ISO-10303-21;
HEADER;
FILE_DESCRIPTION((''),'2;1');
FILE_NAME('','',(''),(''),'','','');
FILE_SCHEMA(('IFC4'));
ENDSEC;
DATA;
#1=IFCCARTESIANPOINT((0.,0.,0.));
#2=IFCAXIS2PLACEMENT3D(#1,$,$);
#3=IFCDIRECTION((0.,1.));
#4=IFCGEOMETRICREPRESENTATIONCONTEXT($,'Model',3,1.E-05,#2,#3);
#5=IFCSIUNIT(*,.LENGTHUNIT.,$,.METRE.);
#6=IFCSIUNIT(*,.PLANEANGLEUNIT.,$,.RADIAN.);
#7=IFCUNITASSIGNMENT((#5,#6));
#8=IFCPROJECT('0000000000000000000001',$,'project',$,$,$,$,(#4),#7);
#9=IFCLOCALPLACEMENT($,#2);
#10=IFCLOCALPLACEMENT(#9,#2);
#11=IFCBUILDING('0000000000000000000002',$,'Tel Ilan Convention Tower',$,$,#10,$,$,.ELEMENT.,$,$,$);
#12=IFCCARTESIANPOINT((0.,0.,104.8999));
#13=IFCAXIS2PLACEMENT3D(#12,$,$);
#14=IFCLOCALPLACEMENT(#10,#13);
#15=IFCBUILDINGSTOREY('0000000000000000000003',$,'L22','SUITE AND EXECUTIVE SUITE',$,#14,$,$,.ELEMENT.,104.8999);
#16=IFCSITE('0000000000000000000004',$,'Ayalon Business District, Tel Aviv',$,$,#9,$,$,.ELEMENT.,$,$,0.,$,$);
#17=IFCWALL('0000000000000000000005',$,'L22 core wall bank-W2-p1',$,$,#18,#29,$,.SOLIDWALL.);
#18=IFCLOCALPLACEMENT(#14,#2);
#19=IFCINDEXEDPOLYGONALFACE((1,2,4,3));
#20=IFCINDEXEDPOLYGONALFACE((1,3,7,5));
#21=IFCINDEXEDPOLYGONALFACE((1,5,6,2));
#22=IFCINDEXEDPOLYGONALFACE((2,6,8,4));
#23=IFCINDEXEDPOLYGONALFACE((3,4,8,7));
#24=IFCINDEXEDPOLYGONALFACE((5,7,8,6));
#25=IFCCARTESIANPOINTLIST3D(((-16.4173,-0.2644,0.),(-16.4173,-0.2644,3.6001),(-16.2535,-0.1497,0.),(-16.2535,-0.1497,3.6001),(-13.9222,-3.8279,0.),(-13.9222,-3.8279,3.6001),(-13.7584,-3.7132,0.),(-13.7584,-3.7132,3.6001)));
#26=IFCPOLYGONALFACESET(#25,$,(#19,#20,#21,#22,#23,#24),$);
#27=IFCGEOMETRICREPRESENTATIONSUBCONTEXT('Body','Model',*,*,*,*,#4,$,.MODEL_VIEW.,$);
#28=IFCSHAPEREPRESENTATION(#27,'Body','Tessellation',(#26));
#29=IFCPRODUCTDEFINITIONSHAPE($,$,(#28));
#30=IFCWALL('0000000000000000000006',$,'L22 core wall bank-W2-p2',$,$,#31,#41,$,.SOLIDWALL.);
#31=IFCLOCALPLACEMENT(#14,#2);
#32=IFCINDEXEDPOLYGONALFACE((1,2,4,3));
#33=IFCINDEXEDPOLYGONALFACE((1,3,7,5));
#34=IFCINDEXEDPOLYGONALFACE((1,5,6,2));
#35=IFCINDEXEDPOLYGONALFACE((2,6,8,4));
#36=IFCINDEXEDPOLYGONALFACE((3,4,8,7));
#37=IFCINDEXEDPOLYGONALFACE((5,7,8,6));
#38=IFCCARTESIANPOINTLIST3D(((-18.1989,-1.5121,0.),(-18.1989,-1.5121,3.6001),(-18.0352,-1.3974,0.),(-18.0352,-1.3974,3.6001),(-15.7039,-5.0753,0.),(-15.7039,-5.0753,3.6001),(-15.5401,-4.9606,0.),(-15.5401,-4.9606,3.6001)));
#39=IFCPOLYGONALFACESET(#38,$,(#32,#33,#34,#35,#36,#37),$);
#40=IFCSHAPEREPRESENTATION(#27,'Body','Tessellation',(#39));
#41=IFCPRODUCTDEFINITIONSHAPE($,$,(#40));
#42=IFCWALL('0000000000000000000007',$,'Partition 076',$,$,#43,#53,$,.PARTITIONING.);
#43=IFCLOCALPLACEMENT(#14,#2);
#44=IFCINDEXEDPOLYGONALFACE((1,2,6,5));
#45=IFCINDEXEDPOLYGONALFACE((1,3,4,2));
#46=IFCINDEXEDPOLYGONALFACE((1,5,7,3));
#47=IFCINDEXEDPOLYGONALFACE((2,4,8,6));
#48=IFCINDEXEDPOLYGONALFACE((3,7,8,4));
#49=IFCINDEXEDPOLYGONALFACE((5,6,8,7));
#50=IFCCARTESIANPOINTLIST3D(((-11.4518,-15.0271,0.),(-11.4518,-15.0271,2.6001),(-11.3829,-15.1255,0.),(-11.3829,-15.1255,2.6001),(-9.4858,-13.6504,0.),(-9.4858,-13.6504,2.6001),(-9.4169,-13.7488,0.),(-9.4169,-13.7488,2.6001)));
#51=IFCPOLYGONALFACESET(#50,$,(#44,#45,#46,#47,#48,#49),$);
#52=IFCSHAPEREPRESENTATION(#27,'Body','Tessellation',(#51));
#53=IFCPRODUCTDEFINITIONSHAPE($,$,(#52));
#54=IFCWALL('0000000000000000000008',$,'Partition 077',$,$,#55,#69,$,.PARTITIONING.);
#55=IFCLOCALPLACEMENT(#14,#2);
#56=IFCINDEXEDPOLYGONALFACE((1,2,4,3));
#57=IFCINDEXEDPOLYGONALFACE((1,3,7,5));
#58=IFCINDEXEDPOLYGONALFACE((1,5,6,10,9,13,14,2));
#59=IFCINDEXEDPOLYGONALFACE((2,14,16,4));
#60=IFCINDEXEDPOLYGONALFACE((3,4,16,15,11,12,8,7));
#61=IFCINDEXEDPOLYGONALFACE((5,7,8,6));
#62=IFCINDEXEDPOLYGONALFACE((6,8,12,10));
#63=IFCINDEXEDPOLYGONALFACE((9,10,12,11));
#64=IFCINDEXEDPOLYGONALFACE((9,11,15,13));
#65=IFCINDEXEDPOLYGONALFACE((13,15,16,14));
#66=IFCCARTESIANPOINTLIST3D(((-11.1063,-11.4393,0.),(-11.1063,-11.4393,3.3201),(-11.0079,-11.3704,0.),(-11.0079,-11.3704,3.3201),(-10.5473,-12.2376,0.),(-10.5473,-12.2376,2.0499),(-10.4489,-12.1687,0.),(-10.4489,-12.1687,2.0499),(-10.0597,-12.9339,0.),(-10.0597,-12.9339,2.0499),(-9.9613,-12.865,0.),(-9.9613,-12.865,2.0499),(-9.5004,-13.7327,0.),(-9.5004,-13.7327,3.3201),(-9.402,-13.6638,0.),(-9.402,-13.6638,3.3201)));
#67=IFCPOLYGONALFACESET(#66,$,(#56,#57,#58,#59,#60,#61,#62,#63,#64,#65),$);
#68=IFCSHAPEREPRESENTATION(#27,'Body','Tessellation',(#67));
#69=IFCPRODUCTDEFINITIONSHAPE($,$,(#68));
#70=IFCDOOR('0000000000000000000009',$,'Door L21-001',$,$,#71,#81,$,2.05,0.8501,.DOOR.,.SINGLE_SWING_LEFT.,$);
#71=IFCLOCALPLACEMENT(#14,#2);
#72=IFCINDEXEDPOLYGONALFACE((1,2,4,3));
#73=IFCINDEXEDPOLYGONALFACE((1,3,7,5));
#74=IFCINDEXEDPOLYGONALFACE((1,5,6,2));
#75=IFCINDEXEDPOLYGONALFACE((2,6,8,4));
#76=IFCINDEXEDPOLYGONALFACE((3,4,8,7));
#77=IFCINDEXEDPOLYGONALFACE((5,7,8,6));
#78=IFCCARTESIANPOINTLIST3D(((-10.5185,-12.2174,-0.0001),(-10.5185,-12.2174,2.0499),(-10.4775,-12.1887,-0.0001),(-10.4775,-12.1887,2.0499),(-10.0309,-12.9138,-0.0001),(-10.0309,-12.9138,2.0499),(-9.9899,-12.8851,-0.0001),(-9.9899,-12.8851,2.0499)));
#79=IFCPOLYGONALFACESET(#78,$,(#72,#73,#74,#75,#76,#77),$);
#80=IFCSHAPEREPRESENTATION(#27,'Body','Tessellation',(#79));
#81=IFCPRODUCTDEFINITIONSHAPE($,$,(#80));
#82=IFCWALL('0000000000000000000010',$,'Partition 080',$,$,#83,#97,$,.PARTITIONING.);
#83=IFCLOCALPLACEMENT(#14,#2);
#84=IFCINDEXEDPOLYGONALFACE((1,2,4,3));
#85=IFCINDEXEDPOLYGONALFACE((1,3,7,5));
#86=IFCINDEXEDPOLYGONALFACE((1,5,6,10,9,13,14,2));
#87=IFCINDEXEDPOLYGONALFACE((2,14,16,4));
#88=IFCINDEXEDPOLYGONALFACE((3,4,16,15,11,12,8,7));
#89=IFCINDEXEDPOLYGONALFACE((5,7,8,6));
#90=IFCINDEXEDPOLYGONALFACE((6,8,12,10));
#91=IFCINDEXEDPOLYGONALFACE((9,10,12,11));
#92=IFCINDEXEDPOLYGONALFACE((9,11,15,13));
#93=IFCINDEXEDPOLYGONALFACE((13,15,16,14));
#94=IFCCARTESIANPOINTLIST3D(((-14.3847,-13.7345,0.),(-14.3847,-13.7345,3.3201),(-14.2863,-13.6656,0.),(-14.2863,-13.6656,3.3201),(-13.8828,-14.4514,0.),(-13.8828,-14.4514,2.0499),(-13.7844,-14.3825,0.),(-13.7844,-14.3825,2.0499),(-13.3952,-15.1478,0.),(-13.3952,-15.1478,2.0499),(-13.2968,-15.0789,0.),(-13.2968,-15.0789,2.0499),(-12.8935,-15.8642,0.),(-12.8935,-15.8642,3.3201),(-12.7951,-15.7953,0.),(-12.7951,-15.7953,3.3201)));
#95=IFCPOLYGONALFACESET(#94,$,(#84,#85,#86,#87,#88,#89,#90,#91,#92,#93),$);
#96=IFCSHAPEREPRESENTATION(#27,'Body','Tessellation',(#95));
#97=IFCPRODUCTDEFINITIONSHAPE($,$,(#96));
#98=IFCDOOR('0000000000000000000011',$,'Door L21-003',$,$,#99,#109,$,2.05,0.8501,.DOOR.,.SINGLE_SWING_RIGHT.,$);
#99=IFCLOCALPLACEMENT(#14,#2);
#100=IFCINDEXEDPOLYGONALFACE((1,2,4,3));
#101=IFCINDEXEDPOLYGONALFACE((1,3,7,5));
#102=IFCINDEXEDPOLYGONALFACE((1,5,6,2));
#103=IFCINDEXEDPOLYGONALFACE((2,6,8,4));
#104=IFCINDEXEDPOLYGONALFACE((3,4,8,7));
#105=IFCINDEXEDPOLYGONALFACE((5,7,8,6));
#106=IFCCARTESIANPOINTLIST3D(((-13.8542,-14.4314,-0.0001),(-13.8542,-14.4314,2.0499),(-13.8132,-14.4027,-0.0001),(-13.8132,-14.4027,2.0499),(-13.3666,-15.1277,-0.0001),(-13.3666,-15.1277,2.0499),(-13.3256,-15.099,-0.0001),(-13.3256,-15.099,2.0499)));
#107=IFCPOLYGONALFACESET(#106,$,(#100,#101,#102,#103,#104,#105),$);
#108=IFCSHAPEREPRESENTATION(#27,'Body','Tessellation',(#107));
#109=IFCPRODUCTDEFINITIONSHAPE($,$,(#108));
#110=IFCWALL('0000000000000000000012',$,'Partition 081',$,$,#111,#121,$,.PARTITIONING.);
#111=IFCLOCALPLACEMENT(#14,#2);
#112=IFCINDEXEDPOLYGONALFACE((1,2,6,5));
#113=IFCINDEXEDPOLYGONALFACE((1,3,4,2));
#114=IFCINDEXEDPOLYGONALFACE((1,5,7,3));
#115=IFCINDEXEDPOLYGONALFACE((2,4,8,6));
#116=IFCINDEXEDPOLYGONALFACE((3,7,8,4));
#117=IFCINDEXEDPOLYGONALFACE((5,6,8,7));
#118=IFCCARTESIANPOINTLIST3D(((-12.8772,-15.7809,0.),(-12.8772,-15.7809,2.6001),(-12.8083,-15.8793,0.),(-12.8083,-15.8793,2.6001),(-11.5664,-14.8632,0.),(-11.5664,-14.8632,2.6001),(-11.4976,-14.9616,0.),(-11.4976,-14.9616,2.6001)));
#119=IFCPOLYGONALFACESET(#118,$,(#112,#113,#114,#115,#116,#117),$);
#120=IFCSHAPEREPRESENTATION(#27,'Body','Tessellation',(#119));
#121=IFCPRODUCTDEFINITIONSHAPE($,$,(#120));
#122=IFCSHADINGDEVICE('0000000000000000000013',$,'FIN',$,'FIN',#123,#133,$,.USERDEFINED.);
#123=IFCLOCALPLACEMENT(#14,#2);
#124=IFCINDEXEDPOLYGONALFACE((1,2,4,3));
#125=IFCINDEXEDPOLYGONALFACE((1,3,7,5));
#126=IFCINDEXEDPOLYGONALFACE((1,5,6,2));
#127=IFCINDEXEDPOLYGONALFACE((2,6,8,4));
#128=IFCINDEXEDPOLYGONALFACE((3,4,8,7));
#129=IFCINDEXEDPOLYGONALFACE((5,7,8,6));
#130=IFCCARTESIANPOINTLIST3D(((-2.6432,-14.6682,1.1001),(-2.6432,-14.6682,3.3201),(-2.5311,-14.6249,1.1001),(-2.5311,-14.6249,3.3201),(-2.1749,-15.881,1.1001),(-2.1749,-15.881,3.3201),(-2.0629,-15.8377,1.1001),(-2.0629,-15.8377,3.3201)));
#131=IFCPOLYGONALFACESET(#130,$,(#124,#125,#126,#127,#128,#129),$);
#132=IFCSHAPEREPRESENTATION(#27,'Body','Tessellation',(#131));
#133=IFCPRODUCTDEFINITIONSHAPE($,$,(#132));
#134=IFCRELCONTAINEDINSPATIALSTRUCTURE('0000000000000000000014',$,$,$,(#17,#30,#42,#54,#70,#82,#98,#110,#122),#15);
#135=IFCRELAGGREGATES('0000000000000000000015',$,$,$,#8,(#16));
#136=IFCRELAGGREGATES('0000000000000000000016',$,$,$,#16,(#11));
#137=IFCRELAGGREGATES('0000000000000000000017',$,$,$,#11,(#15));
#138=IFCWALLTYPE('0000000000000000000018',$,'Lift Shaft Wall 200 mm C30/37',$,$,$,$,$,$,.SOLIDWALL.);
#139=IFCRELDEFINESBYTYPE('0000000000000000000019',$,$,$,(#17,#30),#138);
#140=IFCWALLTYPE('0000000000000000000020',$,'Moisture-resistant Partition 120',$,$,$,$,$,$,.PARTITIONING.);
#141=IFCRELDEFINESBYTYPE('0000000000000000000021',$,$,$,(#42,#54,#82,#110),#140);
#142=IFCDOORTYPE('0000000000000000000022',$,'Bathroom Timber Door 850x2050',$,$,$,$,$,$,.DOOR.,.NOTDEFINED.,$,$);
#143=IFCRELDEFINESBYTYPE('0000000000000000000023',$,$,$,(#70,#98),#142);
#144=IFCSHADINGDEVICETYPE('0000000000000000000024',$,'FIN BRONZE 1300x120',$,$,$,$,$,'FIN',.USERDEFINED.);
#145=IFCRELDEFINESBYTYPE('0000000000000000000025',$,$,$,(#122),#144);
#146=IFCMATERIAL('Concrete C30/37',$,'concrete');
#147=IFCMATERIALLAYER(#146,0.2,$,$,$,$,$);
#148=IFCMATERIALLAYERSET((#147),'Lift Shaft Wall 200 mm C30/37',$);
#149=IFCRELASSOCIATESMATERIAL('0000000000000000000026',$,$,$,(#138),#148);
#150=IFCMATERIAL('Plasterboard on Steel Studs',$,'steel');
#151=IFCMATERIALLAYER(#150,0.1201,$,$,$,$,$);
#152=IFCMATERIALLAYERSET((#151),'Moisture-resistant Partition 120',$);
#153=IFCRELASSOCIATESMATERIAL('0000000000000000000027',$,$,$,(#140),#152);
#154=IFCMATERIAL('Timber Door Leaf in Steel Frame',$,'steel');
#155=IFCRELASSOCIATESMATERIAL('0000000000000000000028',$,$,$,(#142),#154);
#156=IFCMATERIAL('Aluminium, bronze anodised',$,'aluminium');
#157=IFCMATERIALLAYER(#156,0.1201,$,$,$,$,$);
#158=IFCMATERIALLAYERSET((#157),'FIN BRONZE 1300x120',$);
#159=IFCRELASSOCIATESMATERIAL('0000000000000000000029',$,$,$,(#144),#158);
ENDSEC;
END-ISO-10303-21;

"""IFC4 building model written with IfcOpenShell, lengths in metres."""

from ifc_helpers import new_model, si_unit, direction, frame, frame_2d, origin, origin_2d, place, context, subcontext, project, spatial, rectangle, extrude, material, layer, layer_set, type_object, element, fill, save


model = new_model("IFC4")

# Units and contexts
model_context = context("Model", 3, precision=1e-05, world=origin(), true_north=direction((0.0, 1.0)))
body_context = subcontext(model_context, "Body", "Model", "MODEL_VIEW")
ifc_project = project(units=[si_unit("LENGTHUNIT", "METRE"), si_unit("PLANEANGLEUNIT", "RADIAN")], contexts=[model_context])

# Site, building, storey
site_placement = place(None, origin())
site = spatial("IfcSite", under=ifc_project, at=site_placement, Name="Ayalon Business District, Tel Aviv", CompositionType="ELEMENT", RefElevation=0.0)
building_placement = place(site_placement, origin())
building = spatial("IfcBuilding", under=site, at=building_placement, Name="Tel Ilan Convention Tower", CompositionType="ELEMENT")
storey_placement = place(building_placement, frame((0.0, 0.0, 104.8999)))
storey = spatial("IfcBuildingStorey", under=building, at=storey_placement, Name="L22", Description="SUITE AND EXECUTIVE SUITE", CompositionType="ELEMENT", Elevation=104.8999)

# Walls
ifc_material_1 = material(Name="Concrete C30/37", Category="concrete")
ifc_layer_1 = layer(ifc_material_1, 0.2)
ifc_layer_set_1 = layer_set([ifc_layer_1], Name="Lift Shaft Wall 200 mm C30/37")
wall_type_1 = type_object("IfcWallType", Name="Lift Shaft Wall 200 mm C30/37", PredefinedType="SOLIDWALL", material=ifc_layer_set_1)
wall_1_placement = place(storey_placement, frame((-13.8403, -3.7705, 0.0), z_axis=(0.0, 0.0, 1.0), x_axis=(-0.573568, 0.819158, 0.0)))
element("IfcWall", 1, at=wall_1_placement, inside=storey, type_object=wall_type_1, Name="L22 core wall bank-W2-p1", PredefinedType="SOLIDWALL", context=body_context, shape_type="SweptSolid", body=[
    extrude(rectangle(XDim=4.3501, YDim=0.2, at=frame_2d((2.175, 0.0))), origin(), (0.0, 0.0, 1.0), 3.6001),
])
wall_2_placement = place(storey_placement, frame((-15.6221, -5.0178, 0.0), z_axis=(0.0, 0.0, 1.0), x_axis=(-0.573594, 0.81914, 0.0)))
element("IfcWall", 2, at=wall_2_placement, inside=storey, type_object=wall_type_1, Name="L22 core wall bank-W2-p2", PredefinedType="SOLIDWALL", context=body_context, shape_type="SweptSolid", body=[
    extrude(rectangle(XDim=4.3499, YDim=0.2, at=frame_2d((2.1748, 0.0))), origin(), (0.0, 0.0, 1.0), 3.6001),
])
ifc_material_2 = material(Name="Plasterboard on Steel Studs", Category="steel")
ifc_layer_2 = layer(ifc_material_2, 0.1201)
ifc_layer_set_2 = layer_set([ifc_layer_2], Name="Moisture-resistant Partition 120")
wall_type_2 = type_object("IfcWallType", Name="Moisture-resistant Partition 120", PredefinedType="PARTITIONING", material=ifc_layer_set_2)
wall_3_placement = place(storey_placement, frame((-11.4175, -15.0764, 0.0), z_axis=(0.0, 0.0, 1.0), x_axis=(0.819141, 0.573592, 0.0)))
element("IfcWall", 3, at=wall_3_placement, inside=storey, type_object=wall_type_2, Name="Partition 076", PredefinedType="PARTITIONING", context=body_context, shape_type="SweptSolid", body=[
    extrude(rectangle(XDim=2.4001, YDim=0.1201, at=frame_2d((1.2002, 0.0))), origin(), (0.0, 0.0, 1.0), 2.6001),
])

# Walls, openings, doors
wall_4_placement = place(storey_placement, frame((-9.4512, -13.6982, 0.0), z_axis=(0.0, 0.0, 1.0), x_axis=(-0.573591, 0.819142, 0.0)))
wall_4 = element("IfcWall", 4, at=wall_4_placement, inside=storey, type_object=wall_type_2, Name="Partition 077", PredefinedType="PARTITIONING", context=body_context, shape_type="SweptSolid", body=[
    extrude(rectangle(XDim=2.7998, YDim=0.1201, at=frame_2d((1.3999, 0.0))), origin(), (0.0, 0.0, 1.0), 3.3201),
])
opening_1_placement = place(wall_4_placement, frame((0.9751, 0.0, 0.0)))
opening_1 = element("IfcOpeningElement", 5, at=opening_1_placement, cuts=wall_4, PredefinedType="OPENING", context=body_context, shape_type="SweptSolid", body=[
    extrude(rectangle(XDim=0.8501, YDim=2.05, at=frame_2d((0.425, 1.0249))), frame((0.0, 0.0701, 0.0), z_axis=(0.0, -1.0, 0.0), x_axis=(1.0, 0.0, 0.0)), (0.0, 0.0, 1.0), 0.1401),
])
ifc_material_3 = material(Name="Timber Door Leaf in Steel Frame", Category="steel")
door_type_1 = type_object("IfcDoorType", Name="Bathroom Timber Door 850x2050", OperationType="NOTDEFINED", PredefinedType="DOOR", material=ifc_material_3)
door_1_placement = place(opening_1_placement, origin())
door_1 = element("IfcDoor", 6, at=door_1_placement, inside=storey, type_object=door_type_1, Name="Door L21-001", OperationType="SINGLE_SWING_LEFT", OverallHeight=2.05, OverallWidth=0.8501, PredefinedType="DOOR", context=body_context, shape_type="SweptSolid", body=[
    extrude(rectangle(XDim=0.8501, YDim=2.05, at=frame_2d((0.425, 1.0249))), frame((0.0, 0.0249, 0.0), z_axis=(0.0, -1.0, 0.0), x_axis=(1.0, 0.0, 0.0)), (0.0, 0.0, 1.0), 0.05),
])
fill(opening_1, door_1)
wall_5_placement = place(storey_placement, frame((-14.3354, -13.7002, 0.0), z_axis=(0.0, 0.0, 1.0), x_axis=(0.573582, -0.819148, 0.0)))
wall_5 = element("IfcWall", 7, at=wall_5_placement, inside=storey, type_object=wall_type_2, Name="Partition 080", PredefinedType="PARTITIONING", context=body_context, shape_type="SweptSolid", body=[
    extrude(rectangle(XDim=2.5999, YDim=0.1201, at=frame_2d((1.2998, 0.0))), origin(), (0.0, 0.0, 1.0), 3.3201),
])
opening_2_placement = place(wall_5_placement, frame((0.875, 0.0, 0.0)))
opening_2 = element("IfcOpeningElement", 8, at=opening_2_placement, cuts=wall_5, PredefinedType="OPENING", context=body_context, shape_type="SweptSolid", body=[
    extrude(rectangle(XDim=0.8501, YDim=2.05, at=frame_2d((0.425, 1.0249))), frame((0.0, 0.0701, 0.0), z_axis=(0.0, -1.0, 0.0), x_axis=(1.0, 0.0, 0.0)), (0.0, 0.0, 1.0), 0.1401),
])
door_2_placement = place(opening_2_placement, origin())
door_2 = element("IfcDoor", 9, at=door_2_placement, inside=storey, type_object=door_type_1, Name="Door L21-003", OperationType="SINGLE_SWING_RIGHT", OverallHeight=2.05, OverallWidth=0.8501, PredefinedType="DOOR", context=body_context, shape_type="SweptSolid", body=[
    extrude(rectangle(XDim=0.8501, YDim=2.05, at=frame_2d((0.425, 1.0249))), frame((0.0, 0.0249, 0.0), z_axis=(0.0, -1.0, 0.0), x_axis=(1.0, 0.0, 0.0)), (0.0, 0.0, 1.0), 0.05),
])
fill(opening_2, door_2)

# Wall
wall_6_placement = place(storey_placement, frame((-12.8428, -15.8301, 0.0), z_axis=(0.0, 0.0, 1.0), x_axis=(0.819182, 0.573534, 0.0)))
element("IfcWall", 10, at=wall_6_placement, inside=storey, type_object=wall_type_2, Name="Partition 081", PredefinedType="PARTITIONING", context=body_context, shape_type="SweptSolid", body=[
    extrude(rectangle(XDim=1.6001, YDim=0.1201, at=frame_2d((0.8, 0.0))), origin(), (0.0, 0.0, 1.0), 2.6001),
])

# Shading device
ifc_material_4 = material(Name="Aluminium, bronze anodised", Category="aluminium")
ifc_layer_3 = layer(ifc_material_4, 0.1201)
ifc_layer_set_3 = layer_set([ifc_layer_3], Name="FIN BRONZE 1300x120")
shading_device_type = type_object("IfcShadingDeviceType", Name="FIN BRONZE 1300x120", ElementType="FIN", PredefinedType="USERDEFINED", material=ifc_layer_set_3)
shading_device_placement = place(storey_placement, frame((-2.353, -15.2529, 1.1001), z_axis=(0.0, 0.0, 1.0), x_axis=(0.360178, -0.932884, 0.0)))
element("IfcShadingDevice", 11, at=shading_device_placement, inside=storey, type_object=shading_device_type, Name="FIN", ObjectType="FIN", PredefinedType="USERDEFINED", context=body_context, shape_type="SweptSolid", body=[
    extrude(rectangle(XDim=1.3, YDim=0.1201, at=origin_2d()), origin(), (0.0, 0.0, 1.0), 2.22),
])

save(model, "model.ifc")
